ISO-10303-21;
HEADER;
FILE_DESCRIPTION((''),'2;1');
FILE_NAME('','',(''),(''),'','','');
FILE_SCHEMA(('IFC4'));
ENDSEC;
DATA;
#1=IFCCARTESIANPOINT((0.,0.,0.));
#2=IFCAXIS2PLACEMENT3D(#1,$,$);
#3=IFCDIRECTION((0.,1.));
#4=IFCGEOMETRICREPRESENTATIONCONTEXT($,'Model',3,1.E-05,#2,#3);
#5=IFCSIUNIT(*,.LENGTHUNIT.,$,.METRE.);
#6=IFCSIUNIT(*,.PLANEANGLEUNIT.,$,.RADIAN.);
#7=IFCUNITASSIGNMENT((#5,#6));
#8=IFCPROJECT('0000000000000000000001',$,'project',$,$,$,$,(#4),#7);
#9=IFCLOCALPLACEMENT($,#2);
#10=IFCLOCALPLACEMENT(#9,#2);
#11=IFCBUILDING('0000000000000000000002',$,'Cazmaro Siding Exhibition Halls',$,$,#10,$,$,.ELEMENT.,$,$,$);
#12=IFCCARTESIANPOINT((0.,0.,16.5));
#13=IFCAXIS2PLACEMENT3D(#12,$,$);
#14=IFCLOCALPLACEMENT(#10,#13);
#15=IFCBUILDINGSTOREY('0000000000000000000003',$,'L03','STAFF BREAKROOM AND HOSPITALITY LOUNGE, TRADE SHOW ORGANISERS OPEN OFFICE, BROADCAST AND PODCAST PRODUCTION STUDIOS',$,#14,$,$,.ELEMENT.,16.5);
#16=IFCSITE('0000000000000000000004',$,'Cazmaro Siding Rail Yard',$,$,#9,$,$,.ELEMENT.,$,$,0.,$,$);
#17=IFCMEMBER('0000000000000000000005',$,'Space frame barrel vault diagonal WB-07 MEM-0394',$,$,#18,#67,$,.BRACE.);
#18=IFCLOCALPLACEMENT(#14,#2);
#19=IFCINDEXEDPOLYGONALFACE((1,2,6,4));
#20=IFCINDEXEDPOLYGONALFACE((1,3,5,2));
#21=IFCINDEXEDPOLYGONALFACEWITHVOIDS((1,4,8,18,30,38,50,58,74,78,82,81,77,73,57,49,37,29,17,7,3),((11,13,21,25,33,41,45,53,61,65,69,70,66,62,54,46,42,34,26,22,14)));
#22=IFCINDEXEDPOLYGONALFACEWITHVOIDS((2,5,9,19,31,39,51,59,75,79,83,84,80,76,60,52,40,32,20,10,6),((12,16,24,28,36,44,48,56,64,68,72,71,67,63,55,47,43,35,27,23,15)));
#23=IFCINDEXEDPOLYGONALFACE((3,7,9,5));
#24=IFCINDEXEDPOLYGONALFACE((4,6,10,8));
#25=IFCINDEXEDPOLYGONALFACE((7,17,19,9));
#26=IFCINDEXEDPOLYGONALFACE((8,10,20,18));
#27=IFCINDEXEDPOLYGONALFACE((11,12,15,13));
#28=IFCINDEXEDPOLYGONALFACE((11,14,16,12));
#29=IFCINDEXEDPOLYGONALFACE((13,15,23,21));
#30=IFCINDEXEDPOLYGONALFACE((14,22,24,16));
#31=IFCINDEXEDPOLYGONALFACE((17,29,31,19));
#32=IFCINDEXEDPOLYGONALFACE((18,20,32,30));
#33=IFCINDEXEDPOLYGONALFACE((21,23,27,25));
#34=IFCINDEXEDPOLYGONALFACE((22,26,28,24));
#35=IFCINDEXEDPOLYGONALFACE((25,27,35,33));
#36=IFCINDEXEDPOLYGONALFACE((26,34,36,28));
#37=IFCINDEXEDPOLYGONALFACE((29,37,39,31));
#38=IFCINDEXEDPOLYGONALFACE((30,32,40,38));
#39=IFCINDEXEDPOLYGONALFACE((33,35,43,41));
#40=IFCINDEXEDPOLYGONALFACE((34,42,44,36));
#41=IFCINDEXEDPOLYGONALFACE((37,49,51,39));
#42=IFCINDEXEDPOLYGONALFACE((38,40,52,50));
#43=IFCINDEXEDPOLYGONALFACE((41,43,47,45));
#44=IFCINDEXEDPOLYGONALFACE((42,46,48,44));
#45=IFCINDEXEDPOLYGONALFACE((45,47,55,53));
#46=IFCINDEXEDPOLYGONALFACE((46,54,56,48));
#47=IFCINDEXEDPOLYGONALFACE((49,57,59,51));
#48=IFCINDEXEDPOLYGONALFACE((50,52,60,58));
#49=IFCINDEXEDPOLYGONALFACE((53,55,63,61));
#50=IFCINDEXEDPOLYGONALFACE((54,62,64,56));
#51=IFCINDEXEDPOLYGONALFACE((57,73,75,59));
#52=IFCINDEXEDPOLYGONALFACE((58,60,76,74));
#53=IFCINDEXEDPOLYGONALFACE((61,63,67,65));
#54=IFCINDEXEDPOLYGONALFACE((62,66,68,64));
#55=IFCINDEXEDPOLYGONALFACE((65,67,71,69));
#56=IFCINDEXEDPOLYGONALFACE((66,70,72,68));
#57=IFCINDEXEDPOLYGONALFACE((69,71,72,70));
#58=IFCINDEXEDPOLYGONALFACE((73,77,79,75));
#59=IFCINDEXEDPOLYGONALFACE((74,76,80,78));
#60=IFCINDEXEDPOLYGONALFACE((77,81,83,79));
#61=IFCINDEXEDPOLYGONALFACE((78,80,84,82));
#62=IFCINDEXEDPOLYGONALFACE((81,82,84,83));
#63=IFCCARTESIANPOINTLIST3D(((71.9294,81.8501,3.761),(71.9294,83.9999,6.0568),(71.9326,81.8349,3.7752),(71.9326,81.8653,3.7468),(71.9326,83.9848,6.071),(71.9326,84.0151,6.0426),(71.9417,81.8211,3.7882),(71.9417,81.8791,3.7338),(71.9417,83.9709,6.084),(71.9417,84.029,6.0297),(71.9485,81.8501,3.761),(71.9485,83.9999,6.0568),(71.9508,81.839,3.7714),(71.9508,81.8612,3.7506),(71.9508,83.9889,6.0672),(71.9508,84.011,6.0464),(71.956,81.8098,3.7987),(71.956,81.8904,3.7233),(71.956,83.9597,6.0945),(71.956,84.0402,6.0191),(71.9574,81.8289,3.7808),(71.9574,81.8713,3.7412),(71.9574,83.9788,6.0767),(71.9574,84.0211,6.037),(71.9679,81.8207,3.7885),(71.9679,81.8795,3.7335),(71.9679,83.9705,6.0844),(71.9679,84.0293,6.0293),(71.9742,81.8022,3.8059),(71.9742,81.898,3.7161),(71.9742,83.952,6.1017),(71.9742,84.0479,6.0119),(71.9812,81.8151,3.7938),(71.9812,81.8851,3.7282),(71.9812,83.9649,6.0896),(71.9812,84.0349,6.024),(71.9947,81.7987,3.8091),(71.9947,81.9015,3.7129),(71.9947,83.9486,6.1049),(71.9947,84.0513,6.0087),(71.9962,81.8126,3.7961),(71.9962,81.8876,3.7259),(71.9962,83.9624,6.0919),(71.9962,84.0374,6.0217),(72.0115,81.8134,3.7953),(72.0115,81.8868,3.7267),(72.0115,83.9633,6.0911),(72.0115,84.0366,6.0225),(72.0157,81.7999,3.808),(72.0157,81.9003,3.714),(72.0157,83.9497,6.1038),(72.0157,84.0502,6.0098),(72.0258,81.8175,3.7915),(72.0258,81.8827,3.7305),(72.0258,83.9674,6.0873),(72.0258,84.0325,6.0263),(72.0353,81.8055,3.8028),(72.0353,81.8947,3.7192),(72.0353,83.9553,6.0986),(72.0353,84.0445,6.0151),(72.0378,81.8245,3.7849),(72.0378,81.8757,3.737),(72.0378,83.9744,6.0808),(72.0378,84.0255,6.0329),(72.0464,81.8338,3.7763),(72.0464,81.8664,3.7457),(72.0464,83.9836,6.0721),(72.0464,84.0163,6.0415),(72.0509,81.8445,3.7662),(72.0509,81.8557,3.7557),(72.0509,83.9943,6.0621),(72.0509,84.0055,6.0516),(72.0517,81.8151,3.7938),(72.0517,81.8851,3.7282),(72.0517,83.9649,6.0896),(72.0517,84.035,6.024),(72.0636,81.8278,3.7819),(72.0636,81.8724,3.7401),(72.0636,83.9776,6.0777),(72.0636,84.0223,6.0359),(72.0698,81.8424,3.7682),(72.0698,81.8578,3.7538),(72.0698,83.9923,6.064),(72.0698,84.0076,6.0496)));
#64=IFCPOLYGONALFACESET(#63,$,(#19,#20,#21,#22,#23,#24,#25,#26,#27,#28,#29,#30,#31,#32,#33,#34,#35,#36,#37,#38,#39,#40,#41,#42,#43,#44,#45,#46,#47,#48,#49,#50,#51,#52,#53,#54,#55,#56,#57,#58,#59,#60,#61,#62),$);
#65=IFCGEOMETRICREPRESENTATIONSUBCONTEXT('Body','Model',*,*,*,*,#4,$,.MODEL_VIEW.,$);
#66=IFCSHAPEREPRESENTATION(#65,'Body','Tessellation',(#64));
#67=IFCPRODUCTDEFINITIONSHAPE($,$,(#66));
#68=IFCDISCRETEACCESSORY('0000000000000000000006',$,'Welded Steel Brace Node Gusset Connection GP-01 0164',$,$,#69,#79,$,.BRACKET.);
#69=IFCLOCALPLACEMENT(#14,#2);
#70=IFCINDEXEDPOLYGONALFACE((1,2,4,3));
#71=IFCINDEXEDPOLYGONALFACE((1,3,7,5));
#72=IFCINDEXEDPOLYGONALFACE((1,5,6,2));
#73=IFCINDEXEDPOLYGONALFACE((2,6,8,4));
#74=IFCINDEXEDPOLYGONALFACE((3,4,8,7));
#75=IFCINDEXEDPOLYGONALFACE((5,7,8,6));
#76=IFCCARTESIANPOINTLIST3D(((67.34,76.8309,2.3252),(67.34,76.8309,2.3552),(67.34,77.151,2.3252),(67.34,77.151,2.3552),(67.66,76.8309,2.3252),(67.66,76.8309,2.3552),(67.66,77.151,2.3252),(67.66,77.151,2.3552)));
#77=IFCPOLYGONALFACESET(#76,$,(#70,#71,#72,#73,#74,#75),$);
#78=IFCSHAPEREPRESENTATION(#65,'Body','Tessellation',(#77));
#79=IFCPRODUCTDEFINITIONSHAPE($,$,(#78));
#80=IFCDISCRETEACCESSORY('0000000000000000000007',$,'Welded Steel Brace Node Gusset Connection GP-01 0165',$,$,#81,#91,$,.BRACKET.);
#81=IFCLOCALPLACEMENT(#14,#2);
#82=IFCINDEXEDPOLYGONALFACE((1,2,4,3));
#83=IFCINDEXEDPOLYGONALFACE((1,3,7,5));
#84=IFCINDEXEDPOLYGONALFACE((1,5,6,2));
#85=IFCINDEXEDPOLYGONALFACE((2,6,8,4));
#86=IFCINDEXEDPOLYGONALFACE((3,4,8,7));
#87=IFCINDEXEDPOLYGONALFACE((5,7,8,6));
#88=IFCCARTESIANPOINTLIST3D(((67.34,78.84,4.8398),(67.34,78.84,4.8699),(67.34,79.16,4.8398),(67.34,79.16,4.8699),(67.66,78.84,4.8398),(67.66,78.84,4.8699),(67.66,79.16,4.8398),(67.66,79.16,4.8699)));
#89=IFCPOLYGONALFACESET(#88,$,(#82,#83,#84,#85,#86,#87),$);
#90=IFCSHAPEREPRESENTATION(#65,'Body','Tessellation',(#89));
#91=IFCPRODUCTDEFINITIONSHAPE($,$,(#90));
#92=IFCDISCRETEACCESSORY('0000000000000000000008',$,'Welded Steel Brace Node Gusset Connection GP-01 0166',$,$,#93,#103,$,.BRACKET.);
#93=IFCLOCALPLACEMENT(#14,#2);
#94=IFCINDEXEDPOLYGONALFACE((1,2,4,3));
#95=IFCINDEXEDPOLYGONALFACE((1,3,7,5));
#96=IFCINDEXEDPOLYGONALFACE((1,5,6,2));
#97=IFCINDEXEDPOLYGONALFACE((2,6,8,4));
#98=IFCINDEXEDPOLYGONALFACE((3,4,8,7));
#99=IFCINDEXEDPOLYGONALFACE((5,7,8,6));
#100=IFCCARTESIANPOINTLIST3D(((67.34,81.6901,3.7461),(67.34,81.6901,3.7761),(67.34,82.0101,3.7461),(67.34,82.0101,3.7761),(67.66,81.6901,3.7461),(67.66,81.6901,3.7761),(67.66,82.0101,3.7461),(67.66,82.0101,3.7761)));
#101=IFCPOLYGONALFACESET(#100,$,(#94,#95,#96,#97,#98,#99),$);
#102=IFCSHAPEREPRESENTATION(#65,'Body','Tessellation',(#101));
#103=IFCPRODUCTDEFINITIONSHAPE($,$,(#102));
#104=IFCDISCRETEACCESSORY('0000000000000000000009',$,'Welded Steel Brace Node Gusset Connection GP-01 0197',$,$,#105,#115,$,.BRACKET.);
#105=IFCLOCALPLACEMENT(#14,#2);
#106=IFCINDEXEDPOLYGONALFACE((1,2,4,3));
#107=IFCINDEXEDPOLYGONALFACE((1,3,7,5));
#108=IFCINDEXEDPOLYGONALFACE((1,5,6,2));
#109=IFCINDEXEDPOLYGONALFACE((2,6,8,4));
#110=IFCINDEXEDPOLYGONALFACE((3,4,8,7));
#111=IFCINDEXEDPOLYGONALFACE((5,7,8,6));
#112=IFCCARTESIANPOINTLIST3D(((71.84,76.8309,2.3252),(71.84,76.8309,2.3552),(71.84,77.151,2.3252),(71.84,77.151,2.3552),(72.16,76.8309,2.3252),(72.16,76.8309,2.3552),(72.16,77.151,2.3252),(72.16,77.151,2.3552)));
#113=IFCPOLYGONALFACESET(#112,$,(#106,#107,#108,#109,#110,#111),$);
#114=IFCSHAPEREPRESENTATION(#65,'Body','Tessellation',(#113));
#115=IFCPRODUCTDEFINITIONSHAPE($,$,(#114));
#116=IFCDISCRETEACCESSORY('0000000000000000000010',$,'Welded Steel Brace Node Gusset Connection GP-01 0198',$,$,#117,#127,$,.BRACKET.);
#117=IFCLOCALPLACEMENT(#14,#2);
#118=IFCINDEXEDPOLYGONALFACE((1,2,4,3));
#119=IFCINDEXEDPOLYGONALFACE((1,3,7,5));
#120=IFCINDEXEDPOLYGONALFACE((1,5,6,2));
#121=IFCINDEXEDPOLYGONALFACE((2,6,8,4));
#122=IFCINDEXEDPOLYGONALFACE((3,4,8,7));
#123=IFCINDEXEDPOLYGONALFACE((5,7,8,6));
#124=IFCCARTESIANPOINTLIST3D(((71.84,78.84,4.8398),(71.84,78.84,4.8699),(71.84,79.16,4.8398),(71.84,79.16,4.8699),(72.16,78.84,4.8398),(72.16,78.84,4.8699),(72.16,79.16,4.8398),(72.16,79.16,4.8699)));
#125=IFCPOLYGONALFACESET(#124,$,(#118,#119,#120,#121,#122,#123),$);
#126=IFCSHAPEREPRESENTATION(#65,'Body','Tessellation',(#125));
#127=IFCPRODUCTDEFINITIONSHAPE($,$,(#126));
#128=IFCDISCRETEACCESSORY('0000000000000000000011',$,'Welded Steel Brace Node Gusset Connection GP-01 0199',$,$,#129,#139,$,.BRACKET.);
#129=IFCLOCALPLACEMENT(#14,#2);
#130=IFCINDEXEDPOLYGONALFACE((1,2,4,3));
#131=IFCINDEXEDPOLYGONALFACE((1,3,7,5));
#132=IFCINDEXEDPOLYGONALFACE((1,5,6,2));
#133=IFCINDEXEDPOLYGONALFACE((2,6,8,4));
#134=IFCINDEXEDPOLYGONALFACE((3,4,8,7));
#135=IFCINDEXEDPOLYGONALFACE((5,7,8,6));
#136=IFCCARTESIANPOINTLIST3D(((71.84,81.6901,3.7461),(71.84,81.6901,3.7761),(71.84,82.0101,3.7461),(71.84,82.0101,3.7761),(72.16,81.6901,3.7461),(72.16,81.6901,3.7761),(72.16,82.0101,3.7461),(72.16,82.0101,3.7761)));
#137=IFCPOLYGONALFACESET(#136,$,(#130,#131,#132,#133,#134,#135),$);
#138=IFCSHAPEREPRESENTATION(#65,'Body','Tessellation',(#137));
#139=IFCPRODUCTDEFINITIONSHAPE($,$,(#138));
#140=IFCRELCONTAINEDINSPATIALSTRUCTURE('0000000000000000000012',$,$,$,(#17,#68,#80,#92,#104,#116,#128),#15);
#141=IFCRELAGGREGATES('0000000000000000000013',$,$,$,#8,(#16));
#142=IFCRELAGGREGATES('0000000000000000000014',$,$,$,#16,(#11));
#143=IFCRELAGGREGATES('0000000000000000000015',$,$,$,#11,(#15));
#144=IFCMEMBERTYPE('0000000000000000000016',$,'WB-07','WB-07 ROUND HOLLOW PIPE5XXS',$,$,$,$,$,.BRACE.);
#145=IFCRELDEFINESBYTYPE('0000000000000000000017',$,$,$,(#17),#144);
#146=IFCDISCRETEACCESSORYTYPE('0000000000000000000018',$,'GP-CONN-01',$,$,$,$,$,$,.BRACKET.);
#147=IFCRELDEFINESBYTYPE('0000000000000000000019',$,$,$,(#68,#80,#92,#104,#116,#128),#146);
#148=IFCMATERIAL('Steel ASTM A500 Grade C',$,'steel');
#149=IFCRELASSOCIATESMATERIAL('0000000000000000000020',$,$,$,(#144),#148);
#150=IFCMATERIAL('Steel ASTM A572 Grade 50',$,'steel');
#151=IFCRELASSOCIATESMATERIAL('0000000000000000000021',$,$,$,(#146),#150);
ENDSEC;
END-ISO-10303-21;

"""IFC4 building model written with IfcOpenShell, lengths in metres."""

from ifc_helpers import new_model, si_unit, direction, frame, origin, origin_2d, place, context, subcontext, project, spatial, rectangle, hollow_circle, extrude, material, material_profile, profile_set, type_object, element, save


model = new_model("IFC4")

# Units and contexts
model_context = context("Model", 3, precision=1e-05, world=origin(), true_north=direction((0.0, 1.0)))
body_context = subcontext(model_context, "Body", "Model", "MODEL_VIEW")
ifc_project = project(units=[si_unit("LENGTHUNIT", "METRE"), si_unit("PLANEANGLEUNIT", "RADIAN")], contexts=[model_context])

# Site, building, storey
site_placement = place(None, origin())
site = spatial("IfcSite", under=ifc_project, at=site_placement, Name="Cazmaro Siding Rail Yard", CompositionType="ELEMENT", RefElevation=0.0)
building_placement = place(site_placement, origin())
building = spatial("IfcBuilding", under=site, at=building_placement, Name="Cazmaro Siding Exhibition Halls", CompositionType="ELEMENT")
storey_placement = place(building_placement, frame((0.0, 0.0, 16.5)))
storey = spatial("IfcBuildingStorey", under=building, at=storey_placement, Name="L03", Description="STAFF BREAKROOM AND HOSPITALITY LOUNGE, TRADE SHOW ORGANISERS OPEN OFFICE, BROADCAST AND PODCAST PRODUCTION STUDIOS", CompositionType="ELEMENT", Elevation=16.5)

# Member
ifc_material_1 = material(Name="Steel ASTM A500 Grade C", Category="steel")
ifc_material_profile_1 = material_profile(ifc_material_1, hollow_circle(Radius=0.0706, WallThickness=0.019, at=origin_2d()), Name="PIPE5XXS")
ifc_profile_set_1 = profile_set([ifc_material_profile_1], Name="Steel ASTM A500 Grade C")
member_type_1 = type_object("IfcMemberType", Name="WB-07", Description="WB-07 ROUND HOLLOW PIPE5XXS", PredefinedType="BRACE", material=ifc_profile_set_1)
member_1_placement = place(storey_placement, frame((72.0, 81.8501, 3.761), z_axis=(0.0, 0.683518, 0.729934), x_axis=(-1.0, 0.0, 0.0)))
element("IfcMember", 1, at=member_1_placement, inside=storey, type_object=member_type_1, Name="Space frame barrel vault diagonal WB-07 MEM-0394", PredefinedType="BRACE", context=body_context, shape_type="SweptSolid", body=[
    extrude(hollow_circle(Radius=0.0706, WallThickness=0.019, at=origin_2d()), origin(), (0.0, 0.0, 1.0), 3.1453),
])

# Discrete accessories
ifc_material_2 = material(Name="Steel ASTM A572 Grade 50", Category="steel")
discrete_accessory_type = type_object("IfcDiscreteAccessoryType", Name="GP-CONN-01", PredefinedType="BRACKET", material=ifc_material_2)
for number, where, z_axis, x_axis, name in (
    (2, (67.5, 76.991, 2.3252), (0.0, 0.0, 1.0), (1.0, 0.0, 0.0), "Welded Steel Brace Node Gusset Connection GP-01 0164"),
    (3, (67.5, 79.0, 4.8398), (0.0, 0.0, 1.0), (1.0, 0.0, 0.0), "Welded Steel Brace Node Gusset Connection GP-01 0165"),
    (4, (67.5, 81.8501, 3.7461), (0.0, 0.0, 1.0), (1.0, 0.0, 0.0), "Welded Steel Brace Node Gusset Connection GP-01 0166"),
    (5, (72.0, 76.991, 2.3252), (0.0, 0.0, 1.0), (1.0, 0.0, 0.0), "Welded Steel Brace Node Gusset Connection GP-01 0197"),
    (6, (72.0, 79.0, 4.8398), (0.0, 0.0, 1.0), (1.0, 0.0, 0.0), "Welded Steel Brace Node Gusset Connection GP-01 0198"),
    (7, (72.0, 81.8501, 3.7461), (0.0, 0.0, 1.0), (1.0, 0.0, 0.0), "Welded Steel Brace Node Gusset Connection GP-01 0199"),
):
    element("IfcDiscreteAccessory", number, at=place(storey_placement, frame(where, z_axis=z_axis, x_axis=x_axis)), inside=storey, type_object=discrete_accessory_type, Name=name, PredefinedType="BRACKET", context=body_context, shape_type="SweptSolid", body=[
        extrude(rectangle(XDim=0.3201, YDim=0.3201, at=origin_2d()), origin(), (0.0, 0.0, 1.0), 0.03),
    ])

save(model, "model.ifc")
